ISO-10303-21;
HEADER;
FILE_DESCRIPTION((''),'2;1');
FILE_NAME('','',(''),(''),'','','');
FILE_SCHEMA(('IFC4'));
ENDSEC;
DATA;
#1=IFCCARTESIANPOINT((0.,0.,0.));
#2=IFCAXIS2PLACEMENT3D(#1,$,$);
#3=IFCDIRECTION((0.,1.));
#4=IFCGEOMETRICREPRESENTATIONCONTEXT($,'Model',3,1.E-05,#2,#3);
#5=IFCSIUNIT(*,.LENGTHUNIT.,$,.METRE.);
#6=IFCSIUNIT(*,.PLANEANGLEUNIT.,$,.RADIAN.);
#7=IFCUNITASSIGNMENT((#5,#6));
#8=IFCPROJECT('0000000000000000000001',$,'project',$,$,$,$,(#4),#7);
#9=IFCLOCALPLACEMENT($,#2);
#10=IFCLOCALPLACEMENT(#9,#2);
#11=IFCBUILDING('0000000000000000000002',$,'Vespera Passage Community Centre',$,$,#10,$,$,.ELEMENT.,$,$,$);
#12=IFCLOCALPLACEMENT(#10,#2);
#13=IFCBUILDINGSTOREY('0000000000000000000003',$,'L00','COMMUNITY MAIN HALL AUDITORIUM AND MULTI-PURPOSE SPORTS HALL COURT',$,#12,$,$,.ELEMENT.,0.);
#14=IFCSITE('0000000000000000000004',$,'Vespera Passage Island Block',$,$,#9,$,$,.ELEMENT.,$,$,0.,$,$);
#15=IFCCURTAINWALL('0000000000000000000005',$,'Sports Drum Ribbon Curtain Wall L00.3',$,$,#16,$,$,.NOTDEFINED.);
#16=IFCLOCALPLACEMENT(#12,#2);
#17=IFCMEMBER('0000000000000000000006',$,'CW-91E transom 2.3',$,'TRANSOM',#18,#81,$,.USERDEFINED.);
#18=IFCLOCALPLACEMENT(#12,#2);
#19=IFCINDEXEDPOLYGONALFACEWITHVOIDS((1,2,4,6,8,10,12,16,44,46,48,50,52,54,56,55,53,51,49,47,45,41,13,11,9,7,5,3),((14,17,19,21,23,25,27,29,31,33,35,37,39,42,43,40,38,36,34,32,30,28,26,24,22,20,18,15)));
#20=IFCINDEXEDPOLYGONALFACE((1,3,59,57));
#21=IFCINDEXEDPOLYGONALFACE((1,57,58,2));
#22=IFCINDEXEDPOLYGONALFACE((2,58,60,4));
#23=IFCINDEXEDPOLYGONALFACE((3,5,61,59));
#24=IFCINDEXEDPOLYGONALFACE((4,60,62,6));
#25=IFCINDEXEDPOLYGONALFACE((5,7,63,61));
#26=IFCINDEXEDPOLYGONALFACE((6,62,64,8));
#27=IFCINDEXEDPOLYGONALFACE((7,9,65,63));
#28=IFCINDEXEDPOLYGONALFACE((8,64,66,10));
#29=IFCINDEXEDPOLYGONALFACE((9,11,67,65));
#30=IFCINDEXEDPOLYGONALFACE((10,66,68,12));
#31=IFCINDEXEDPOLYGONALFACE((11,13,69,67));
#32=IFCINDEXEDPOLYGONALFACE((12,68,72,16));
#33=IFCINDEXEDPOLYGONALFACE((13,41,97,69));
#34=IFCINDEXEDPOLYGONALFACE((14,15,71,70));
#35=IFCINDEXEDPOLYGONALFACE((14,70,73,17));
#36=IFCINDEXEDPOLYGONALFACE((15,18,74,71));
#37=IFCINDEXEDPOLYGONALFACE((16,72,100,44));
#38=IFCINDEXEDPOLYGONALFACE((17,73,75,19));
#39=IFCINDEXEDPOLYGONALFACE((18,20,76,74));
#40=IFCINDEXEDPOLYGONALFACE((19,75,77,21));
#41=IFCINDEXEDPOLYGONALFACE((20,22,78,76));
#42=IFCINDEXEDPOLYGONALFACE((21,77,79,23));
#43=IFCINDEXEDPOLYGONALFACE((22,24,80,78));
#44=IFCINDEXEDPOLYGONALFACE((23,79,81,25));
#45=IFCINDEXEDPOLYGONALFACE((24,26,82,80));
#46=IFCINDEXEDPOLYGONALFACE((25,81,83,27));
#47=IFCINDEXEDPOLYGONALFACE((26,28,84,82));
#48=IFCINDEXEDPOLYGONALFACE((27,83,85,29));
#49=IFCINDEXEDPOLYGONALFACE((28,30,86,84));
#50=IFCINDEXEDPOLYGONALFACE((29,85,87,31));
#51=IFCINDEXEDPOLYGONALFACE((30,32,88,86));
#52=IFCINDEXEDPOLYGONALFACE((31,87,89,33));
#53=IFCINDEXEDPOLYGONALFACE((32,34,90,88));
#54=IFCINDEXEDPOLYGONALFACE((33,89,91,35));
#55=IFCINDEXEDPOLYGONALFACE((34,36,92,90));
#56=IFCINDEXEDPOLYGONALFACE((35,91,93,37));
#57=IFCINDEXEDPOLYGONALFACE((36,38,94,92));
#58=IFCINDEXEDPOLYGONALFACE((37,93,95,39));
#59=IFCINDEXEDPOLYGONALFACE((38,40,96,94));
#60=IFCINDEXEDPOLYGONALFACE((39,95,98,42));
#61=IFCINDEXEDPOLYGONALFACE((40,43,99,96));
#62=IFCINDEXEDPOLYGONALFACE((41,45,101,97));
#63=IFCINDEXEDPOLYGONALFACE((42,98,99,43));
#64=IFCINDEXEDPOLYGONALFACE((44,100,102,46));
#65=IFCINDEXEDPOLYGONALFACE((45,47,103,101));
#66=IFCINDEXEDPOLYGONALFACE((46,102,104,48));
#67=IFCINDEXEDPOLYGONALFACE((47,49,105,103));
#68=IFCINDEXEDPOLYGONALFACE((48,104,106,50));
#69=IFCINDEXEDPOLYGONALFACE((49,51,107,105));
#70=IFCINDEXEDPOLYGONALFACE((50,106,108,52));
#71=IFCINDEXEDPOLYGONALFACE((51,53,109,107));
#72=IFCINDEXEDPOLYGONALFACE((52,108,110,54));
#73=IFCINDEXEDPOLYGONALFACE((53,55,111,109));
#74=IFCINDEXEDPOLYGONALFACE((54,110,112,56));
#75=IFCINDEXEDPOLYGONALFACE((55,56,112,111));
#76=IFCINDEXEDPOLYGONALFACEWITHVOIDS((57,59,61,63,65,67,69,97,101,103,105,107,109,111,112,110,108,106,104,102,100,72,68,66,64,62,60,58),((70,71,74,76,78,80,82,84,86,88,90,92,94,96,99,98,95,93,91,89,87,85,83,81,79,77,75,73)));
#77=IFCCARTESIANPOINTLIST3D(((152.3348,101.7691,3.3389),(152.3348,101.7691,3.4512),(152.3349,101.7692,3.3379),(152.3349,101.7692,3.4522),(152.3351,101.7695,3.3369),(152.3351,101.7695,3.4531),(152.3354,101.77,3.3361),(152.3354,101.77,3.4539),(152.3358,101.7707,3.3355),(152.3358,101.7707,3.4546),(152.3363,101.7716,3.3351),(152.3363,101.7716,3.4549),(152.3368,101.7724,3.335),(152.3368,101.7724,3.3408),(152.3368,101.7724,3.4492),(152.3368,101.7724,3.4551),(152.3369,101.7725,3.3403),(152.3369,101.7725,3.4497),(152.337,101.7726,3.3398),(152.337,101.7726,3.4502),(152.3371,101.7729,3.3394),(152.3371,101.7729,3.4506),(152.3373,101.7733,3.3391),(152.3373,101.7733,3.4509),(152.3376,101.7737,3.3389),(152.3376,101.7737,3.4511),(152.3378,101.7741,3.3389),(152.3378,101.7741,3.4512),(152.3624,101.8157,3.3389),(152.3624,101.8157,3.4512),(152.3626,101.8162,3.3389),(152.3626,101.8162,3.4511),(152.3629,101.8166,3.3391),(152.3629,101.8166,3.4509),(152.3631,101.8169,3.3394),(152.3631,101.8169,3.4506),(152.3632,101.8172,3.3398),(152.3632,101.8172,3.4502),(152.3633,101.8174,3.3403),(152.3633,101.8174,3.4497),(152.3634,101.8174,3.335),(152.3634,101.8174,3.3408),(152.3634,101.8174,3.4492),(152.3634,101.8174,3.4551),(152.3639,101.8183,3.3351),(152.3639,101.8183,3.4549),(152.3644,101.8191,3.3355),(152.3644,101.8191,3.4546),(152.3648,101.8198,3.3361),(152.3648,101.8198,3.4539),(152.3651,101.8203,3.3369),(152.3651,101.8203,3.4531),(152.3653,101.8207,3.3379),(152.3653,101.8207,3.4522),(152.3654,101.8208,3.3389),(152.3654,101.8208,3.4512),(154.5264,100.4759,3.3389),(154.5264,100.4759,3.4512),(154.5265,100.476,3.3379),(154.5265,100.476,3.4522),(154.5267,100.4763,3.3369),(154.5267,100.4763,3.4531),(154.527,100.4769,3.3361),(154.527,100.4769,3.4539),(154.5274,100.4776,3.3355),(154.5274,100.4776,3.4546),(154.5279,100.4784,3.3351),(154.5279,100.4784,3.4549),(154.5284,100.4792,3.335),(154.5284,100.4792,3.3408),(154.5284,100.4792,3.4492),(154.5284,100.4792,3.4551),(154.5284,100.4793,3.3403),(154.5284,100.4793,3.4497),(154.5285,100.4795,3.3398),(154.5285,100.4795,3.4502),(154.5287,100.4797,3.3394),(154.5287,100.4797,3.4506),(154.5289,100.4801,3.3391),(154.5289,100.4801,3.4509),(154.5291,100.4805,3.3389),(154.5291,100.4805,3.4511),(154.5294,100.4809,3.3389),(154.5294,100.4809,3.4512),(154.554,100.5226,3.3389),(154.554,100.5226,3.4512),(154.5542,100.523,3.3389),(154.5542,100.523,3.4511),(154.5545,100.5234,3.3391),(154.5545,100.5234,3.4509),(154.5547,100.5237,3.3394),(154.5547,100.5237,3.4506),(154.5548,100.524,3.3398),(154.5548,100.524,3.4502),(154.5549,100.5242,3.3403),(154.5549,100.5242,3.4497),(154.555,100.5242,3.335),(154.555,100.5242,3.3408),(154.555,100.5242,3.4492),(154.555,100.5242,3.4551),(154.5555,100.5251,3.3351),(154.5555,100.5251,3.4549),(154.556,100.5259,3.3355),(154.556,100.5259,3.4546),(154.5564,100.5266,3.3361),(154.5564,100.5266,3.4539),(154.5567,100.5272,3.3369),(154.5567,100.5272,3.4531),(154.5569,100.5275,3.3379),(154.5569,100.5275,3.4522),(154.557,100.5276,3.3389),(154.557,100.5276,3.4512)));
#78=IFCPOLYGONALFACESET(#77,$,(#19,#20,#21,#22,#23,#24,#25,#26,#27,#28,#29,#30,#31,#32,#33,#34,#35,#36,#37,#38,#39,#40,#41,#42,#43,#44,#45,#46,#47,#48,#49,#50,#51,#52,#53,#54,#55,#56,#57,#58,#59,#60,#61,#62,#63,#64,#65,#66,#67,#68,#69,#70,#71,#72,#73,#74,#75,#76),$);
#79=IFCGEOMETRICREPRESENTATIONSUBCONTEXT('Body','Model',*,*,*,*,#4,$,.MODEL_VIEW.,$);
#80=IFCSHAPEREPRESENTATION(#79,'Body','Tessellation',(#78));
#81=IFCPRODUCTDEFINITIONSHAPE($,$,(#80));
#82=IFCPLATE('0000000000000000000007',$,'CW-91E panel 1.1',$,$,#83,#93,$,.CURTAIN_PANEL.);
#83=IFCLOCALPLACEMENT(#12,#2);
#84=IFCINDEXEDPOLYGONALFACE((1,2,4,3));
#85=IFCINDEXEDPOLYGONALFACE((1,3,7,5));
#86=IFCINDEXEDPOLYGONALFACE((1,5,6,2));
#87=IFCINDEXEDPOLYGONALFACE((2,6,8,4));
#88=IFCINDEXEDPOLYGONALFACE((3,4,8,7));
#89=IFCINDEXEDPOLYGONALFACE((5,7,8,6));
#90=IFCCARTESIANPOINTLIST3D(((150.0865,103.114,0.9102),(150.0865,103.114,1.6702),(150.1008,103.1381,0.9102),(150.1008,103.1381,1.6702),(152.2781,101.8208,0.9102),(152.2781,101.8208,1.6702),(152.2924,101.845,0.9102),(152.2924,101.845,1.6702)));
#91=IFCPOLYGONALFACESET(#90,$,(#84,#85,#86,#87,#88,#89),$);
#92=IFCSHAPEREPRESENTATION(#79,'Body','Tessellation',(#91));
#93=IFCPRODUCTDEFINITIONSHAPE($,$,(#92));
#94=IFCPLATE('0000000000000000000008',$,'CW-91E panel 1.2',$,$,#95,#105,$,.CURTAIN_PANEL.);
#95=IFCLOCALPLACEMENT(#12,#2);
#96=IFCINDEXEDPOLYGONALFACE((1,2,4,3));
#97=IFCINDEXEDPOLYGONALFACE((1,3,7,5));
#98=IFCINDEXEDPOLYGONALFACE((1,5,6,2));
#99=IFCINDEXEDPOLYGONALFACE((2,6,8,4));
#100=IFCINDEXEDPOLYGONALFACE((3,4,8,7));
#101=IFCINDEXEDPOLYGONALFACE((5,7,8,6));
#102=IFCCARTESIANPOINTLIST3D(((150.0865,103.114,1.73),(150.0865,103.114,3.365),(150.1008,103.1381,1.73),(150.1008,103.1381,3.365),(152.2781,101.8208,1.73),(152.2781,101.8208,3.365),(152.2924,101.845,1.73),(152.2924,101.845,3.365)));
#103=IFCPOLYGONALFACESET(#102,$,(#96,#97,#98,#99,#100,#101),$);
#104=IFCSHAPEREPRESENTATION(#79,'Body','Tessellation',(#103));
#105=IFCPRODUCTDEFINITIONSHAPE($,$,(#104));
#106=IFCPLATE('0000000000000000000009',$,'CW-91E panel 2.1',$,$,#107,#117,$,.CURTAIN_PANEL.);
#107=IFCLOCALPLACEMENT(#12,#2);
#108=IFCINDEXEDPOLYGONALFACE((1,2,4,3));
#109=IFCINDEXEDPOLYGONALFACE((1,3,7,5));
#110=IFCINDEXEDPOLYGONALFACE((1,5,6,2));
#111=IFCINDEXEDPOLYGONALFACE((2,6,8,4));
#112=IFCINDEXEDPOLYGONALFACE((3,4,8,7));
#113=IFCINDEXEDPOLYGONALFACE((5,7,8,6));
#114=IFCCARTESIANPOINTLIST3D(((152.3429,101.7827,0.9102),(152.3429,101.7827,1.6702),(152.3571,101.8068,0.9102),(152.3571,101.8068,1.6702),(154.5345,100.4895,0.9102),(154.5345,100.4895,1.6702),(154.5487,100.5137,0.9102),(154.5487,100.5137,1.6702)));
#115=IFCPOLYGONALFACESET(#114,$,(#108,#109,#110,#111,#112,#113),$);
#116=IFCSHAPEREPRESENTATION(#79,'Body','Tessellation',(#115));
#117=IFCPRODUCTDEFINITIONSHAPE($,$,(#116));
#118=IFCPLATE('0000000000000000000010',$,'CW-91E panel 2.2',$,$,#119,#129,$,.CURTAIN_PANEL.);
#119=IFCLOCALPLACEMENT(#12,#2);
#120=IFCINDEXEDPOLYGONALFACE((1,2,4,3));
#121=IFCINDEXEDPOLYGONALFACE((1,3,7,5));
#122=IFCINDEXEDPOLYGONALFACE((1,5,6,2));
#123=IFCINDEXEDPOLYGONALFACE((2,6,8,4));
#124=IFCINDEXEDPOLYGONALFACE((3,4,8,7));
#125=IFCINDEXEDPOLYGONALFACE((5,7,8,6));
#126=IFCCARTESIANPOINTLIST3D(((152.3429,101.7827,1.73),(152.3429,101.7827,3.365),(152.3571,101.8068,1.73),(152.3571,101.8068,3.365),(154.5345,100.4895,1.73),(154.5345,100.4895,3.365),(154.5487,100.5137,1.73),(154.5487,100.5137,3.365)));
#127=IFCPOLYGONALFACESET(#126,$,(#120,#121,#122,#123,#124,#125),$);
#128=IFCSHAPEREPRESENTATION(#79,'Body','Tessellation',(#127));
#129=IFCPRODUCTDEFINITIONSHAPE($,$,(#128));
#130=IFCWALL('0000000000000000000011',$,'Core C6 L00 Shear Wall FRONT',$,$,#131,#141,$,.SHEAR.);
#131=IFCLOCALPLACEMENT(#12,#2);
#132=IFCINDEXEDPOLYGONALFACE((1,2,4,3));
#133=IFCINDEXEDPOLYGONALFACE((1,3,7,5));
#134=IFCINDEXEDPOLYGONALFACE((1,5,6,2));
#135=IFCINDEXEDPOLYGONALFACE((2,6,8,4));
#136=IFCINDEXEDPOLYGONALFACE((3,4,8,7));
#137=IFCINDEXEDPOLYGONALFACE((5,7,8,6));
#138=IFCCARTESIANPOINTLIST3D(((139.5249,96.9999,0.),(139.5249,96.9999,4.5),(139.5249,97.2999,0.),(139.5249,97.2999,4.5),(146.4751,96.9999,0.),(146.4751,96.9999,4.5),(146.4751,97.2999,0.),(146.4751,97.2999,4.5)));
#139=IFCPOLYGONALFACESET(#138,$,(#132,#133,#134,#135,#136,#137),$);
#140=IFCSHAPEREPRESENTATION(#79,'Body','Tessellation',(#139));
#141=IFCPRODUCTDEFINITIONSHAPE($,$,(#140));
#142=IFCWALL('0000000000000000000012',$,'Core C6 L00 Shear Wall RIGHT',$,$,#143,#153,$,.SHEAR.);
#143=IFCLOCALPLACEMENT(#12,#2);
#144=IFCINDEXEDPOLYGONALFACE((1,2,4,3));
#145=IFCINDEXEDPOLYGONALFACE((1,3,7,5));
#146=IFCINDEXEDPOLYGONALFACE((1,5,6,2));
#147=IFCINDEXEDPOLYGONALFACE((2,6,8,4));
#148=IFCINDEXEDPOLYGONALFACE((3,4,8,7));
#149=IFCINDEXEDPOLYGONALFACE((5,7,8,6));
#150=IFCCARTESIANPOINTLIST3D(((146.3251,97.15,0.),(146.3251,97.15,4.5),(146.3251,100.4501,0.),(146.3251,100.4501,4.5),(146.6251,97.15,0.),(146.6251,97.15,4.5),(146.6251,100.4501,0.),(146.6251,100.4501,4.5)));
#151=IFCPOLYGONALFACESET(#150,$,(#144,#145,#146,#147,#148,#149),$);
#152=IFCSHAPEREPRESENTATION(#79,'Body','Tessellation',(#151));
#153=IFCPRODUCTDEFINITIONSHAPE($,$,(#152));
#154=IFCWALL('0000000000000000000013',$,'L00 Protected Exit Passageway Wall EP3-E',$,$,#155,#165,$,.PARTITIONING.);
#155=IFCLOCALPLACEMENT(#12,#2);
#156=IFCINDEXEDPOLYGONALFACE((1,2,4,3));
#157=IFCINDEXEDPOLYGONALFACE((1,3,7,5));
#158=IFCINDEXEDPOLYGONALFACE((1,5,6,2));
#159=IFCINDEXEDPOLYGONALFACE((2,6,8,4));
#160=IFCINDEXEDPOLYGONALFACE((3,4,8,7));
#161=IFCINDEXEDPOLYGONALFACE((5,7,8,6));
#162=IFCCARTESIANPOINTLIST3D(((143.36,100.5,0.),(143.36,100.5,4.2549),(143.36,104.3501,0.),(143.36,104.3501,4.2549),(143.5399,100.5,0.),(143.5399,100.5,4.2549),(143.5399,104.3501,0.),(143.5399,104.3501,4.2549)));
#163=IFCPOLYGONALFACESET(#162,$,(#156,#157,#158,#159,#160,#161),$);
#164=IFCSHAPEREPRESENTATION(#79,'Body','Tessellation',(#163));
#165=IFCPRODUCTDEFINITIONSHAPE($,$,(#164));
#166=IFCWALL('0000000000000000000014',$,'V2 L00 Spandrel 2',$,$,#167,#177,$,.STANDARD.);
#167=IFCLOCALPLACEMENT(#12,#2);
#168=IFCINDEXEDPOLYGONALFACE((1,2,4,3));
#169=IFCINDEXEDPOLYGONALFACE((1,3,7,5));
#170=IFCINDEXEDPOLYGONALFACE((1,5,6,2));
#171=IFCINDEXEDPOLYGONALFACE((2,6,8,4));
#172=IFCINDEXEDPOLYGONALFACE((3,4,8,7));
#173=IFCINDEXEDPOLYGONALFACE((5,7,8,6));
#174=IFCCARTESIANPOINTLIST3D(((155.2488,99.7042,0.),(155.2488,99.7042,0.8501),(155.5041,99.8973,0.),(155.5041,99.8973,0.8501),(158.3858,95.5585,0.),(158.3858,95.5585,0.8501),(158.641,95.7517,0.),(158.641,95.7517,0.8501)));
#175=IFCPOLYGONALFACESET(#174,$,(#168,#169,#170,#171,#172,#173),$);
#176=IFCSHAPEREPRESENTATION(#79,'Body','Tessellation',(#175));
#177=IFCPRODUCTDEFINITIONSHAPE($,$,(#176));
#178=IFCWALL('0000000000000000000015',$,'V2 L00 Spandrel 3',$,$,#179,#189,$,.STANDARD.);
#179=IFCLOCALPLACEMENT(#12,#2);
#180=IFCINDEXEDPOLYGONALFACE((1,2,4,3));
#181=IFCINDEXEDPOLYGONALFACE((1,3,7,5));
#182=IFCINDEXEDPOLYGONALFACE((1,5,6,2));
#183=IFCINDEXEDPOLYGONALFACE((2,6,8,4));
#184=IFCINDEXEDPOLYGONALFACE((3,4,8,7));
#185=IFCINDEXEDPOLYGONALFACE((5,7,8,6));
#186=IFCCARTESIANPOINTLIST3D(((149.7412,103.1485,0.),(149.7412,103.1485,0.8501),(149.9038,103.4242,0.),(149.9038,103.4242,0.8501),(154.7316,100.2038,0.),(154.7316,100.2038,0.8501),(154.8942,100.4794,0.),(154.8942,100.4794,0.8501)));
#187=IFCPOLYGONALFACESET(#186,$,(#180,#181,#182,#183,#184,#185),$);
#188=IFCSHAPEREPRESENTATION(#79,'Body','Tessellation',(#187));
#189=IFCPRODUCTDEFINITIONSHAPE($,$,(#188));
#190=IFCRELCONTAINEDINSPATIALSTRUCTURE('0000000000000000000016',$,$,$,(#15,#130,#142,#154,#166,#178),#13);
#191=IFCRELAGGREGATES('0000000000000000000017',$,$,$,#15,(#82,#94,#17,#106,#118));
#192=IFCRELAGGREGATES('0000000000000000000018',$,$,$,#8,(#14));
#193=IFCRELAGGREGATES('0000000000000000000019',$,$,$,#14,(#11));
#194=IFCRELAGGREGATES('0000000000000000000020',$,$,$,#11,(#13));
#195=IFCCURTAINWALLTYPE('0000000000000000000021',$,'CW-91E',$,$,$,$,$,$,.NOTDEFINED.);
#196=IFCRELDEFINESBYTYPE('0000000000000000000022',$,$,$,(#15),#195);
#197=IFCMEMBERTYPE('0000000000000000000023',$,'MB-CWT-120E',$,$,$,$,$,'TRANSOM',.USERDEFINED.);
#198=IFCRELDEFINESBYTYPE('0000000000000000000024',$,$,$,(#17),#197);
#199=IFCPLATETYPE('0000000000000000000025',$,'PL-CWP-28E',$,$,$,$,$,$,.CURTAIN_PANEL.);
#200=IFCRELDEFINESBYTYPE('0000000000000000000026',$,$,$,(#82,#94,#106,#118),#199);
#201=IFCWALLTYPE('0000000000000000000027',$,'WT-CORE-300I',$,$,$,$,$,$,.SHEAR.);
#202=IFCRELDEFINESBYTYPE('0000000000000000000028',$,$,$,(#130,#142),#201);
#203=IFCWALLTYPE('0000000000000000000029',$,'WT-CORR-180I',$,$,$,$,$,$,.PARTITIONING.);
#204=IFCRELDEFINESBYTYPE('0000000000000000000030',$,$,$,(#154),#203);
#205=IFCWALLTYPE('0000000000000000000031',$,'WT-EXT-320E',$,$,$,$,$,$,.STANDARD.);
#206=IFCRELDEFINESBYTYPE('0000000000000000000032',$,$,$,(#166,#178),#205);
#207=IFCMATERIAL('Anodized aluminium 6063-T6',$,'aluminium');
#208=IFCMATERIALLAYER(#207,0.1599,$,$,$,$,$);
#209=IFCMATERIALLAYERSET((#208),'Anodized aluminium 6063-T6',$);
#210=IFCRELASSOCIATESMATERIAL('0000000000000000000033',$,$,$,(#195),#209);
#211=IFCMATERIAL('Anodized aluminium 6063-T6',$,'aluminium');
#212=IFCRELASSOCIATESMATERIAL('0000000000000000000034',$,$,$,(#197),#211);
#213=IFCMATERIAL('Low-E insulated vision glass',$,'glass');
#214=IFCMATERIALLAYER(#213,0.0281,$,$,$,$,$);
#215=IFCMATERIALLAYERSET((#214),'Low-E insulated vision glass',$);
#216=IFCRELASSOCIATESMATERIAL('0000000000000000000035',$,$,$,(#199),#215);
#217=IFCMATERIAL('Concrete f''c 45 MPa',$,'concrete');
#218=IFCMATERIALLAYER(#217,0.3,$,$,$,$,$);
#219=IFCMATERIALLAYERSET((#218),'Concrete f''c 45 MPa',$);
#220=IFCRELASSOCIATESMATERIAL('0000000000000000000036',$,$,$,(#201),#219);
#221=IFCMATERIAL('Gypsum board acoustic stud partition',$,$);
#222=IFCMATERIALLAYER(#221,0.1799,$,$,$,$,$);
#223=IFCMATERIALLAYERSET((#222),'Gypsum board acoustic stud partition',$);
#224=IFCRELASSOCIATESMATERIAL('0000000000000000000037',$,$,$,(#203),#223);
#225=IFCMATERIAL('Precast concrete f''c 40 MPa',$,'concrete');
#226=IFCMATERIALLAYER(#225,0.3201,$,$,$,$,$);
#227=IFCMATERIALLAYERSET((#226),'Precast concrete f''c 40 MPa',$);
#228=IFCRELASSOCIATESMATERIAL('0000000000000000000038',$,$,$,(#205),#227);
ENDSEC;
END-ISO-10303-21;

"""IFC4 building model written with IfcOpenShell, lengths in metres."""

from ifc_helpers import new_model, si_unit, direction, frame, frame_2d, origin, origin_2d, place, context, subcontext, project, spatial, rectangle, hollow_rectangle, extrude, material, layer, layer_set, material_profile, profile_set, type_object, element, aggregate, save


model = new_model("IFC4")

# Units and contexts
model_context = context("Model", 3, precision=1e-05, world=origin(), true_north=direction((0.0, 1.0)))
body_context = subcontext(model_context, "Body", "Model", "MODEL_VIEW")
ifc_project = project(units=[si_unit("LENGTHUNIT", "METRE"), si_unit("PLANEANGLEUNIT", "RADIAN")], contexts=[model_context])

# Site, building, storey
site_placement = place(None, origin())
site = spatial("IfcSite", under=ifc_project, at=site_placement, Name="Vespera Passage Island Block", CompositionType="ELEMENT", RefElevation=0.0)
building_placement = place(site_placement, origin())
building = spatial("IfcBuilding", under=site, at=building_placement, Name="Vespera Passage Community Centre", CompositionType="ELEMENT")
storey_placement = place(building_placement, origin())
storey = spatial("IfcBuildingStorey", under=building, at=storey_placement, Name="L00", Description="COMMUNITY MAIN HALL AUDITORIUM AND MULTI-PURPOSE SPORTS HALL COURT", CompositionType="ELEMENT", Elevation=0.0)

# Curtain wall, member, plates
ifc_material_1 = material(Name="Anodized aluminium 6063-T6", Category="aluminium")
ifc_layer_1 = layer(ifc_material_1, 0.1599)
ifc_layer_set_1 = layer_set([ifc_layer_1], Name="Anodized aluminium 6063-T6")
curtain_wall_type = type_object("IfcCurtainWallType", Name="CW-91E", PredefinedType="NOTDEFINED", material=ifc_layer_set_1)
curtain_wall_placement = place(storey_placement, origin())
curtain_wall = element("IfcCurtainWall", 1, at=curtain_wall_placement, inside=storey, type_object=curtain_wall_type, Name="Sports Drum Ribbon Curtain Wall L00.3", PredefinedType="NOTDEFINED")
ifc_material_2 = material(Name="Anodized aluminium 6063-T6", Category="aluminium")
ifc_material_profile_1 = material_profile(ifc_material_2, hollow_rectangle(XDim=0.0601, YDim=0.1201, WallThickness=0.0039, InnerFilletRadius=0.002, OuterFilletRadius=0.0039, at=origin_2d()), Name="ALU120X60X4")
ifc_profile_set_1 = profile_set([ifc_material_profile_1], Name="Anodized aluminium 6063-T6")
member_type_1 = type_object("IfcMemberType", Name="MB-CWT-120E", ElementType="TRANSOM", PredefinedType="USERDEFINED", material=ifc_profile_set_1)
member_1_placement = place(storey_placement, frame((152.3501, 101.7949, 3.395), z_axis=(0.861245, -0.508189, 0.0), x_axis=(0.508189, 0.861245, 0.0)))
member_1 = element("IfcMember", 2, at=member_1_placement, type_object=member_type_1, Name="CW-91E transom 2.3", ObjectType="TRANSOM", PredefinedType="USERDEFINED", context=body_context, shape_type="SweptSolid", body=[
    extrude(hollow_rectangle(XDim=0.0601, YDim=0.1201, WallThickness=0.0039, InnerFilletRadius=0.002, OuterFilletRadius=0.0039, at=origin_2d()), origin(), (0.0, 0.0, 1.0), 2.5447),
])
ifc_material_3 = material(Name="Low-E insulated vision glass", Category="glass")
ifc_layer_2 = layer(ifc_material_3, 0.0281)
ifc_layer_set_2 = layer_set([ifc_layer_2], Name="Low-E insulated vision glass")
plate_type = type_object("IfcPlateType", Name="PL-CWP-28E", PredefinedType="CURTAIN_PANEL", material=ifc_layer_set_2)
plate_1_placement = place(storey_placement, frame((151.1895, 102.4795, 0.9102), z_axis=(0.0, 0.0, 1.0), x_axis=(0.861257, -0.50817, 0.0)))
plate_1 = element("IfcPlate", 3, at=plate_1_placement, type_object=plate_type, Name="CW-91E panel 1.1", PredefinedType="CURTAIN_PANEL", context=body_context, shape_type="SweptSolid", body=[
    extrude(rectangle(XDim=2.5447, YDim=0.0281, at=origin_2d()), origin(), (0.0, 0.0, 1.0), 0.76),
])
plate_2_placement = place(storey_placement, frame((151.1895, 102.4795, 1.73), z_axis=(0.0, 0.0, 1.0), x_axis=(0.861257, -0.50817, 0.0)))
plate_2 = element("IfcPlate", 4, at=plate_2_placement, type_object=plate_type, Name="CW-91E panel 1.2", PredefinedType="CURTAIN_PANEL", context=body_context, shape_type="SweptSolid", body=[
    extrude(rectangle(XDim=2.5447, YDim=0.0281, at=origin_2d()), origin(), (0.0, 0.0, 1.0), 1.635),
])
plate_3_placement = place(storey_placement, frame((153.4458, 101.1482, 0.9102), z_axis=(0.0, 0.0, 1.0), x_axis=(0.861257, -0.50817, 0.0)))
plate_3 = element("IfcPlate", 5, at=plate_3_placement, type_object=plate_type, Name="CW-91E panel 2.1", PredefinedType="CURTAIN_PANEL", context=body_context, shape_type="SweptSolid", body=[
    extrude(rectangle(XDim=2.5447, YDim=0.0281, at=origin_2d()), origin(), (0.0, 0.0, 1.0), 0.76),
])
plate_4_placement = place(storey_placement, frame((153.4458, 101.1482, 1.73), z_axis=(0.0, 0.0, 1.0), x_axis=(0.861257, -0.50817, 0.0)))
plate_4 = element("IfcPlate", 6, at=plate_4_placement, type_object=plate_type, Name="CW-91E panel 2.2", PredefinedType="CURTAIN_PANEL", context=body_context, shape_type="SweptSolid", body=[
    extrude(rectangle(XDim=2.5447, YDim=0.0281, at=origin_2d()), origin(), (0.0, 0.0, 1.0), 1.635),
])
aggregate(curtain_wall, [plate_1, plate_2, member_1, plate_3, plate_4])

# Walls
ifc_material_4 = material(Name="Concrete f'c 45 MPa", Category="concrete")
ifc_layer_3 = layer(ifc_material_4, 0.3)
ifc_layer_set_3 = layer_set([ifc_layer_3], Name="Concrete f'c 45 MPa")
wall_type_1 = type_object("IfcWallType", Name="WT-CORE-300I", PredefinedType="SHEAR", material=ifc_layer_set_3)
wall_1_placement = place(storey_placement, frame((146.4751, 97.1499, 0.0), z_axis=(0.0, 0.0, 1.0), x_axis=(-1.0, 0.0, 0.0)))
element("IfcWall", 7, at=wall_1_placement, inside=storey, type_object=wall_type_1, Name="Core C6 L00 Shear Wall FRONT", PredefinedType="SHEAR", context=body_context, shape_type="SweptSolid", body=[
    extrude(rectangle(XDim=6.9502, YDim=0.3, at=frame_2d((3.4751, 0.0))), origin(), (0.0, 0.0, 1.0), 4.5),
])
wall_2_placement = place(storey_placement, frame((146.4751, 100.45, 0.0), z_axis=(0.0, 0.0, 1.0), x_axis=(0.0, -1.0, 0.0)))
element("IfcWall", 8, at=wall_2_placement, inside=storey, type_object=wall_type_1, Name="Core C6 L00 Shear Wall RIGHT", PredefinedType="SHEAR", context=body_context, shape_type="SweptSolid", body=[
    extrude(rectangle(XDim=3.3, YDim=0.3, at=frame_2d((1.6499, 0.0))), origin(), (0.0, 0.0, 1.0), 4.5),
])
ifc_material_5 = material(Name="Gypsum board acoustic stud partition")
ifc_layer_4 = layer(ifc_material_5, 0.1799)
ifc_layer_set_4 = layer_set([ifc_layer_4], Name="Gypsum board acoustic stud partition")
wall_type_2 = type_object("IfcWallType", Name="WT-CORR-180I", PredefinedType="PARTITIONING", material=ifc_layer_set_4)
wall_3_placement = place(storey_placement, frame((143.45, 100.5, 0.0), z_axis=(0.0, 0.0, 1.0), x_axis=(0.0, 1.0, 0.0)))
element("IfcWall", 9, at=wall_3_placement, inside=storey, type_object=wall_type_2, Name="L00 Protected Exit Passageway Wall EP3-E", PredefinedType="PARTITIONING", context=body_context, shape_type="SweptSolid", body=[
    extrude(rectangle(XDim=3.8501, YDim=0.1799, at=frame_2d((1.925, 0.0))), origin(), (0.0, 0.0, 1.0), 4.2549),
])
ifc_material_6 = material(Name="Precast concrete f'c 40 MPa", Category="concrete")
ifc_layer_5 = layer(ifc_material_6, 0.3201)
ifc_layer_set_5 = layer_set([ifc_layer_5], Name="Precast concrete f'c 40 MPa")
wall_type_3 = type_object("IfcWallType", Name="WT-EXT-320E", PredefinedType="STANDARD", material=ifc_layer_set_5)
wall_4_placement = place(storey_placement, frame((155.3765, 99.8008, 0.0), z_axis=(0.0, 0.0, 1.0), x_axis=(0.603398, -0.79744, 0.0)))
element("IfcWall", 10, at=wall_4_placement, inside=storey, type_object=wall_type_3, Name="V2 L00 Spandrel 2", PredefinedType="STANDARD", context=body_context, shape_type="SweptSolid", body=[
    extrude(rectangle(XDim=5.1987, YDim=0.3201, at=frame_2d((2.5994, 0.0))), origin(), (0.0, 0.0, 1.0), 0.8501),
])
wall_5_placement = place(storey_placement, frame((149.8225, 103.2864, 0.0), z_axis=(0.0, 0.0, 1.0), x_axis=(0.861236, -0.508205, 0.0)))
element("IfcWall", 11, at=wall_5_placement, inside=storey, type_object=wall_type_3, Name="V2 L00 Spandrel 3", PredefinedType="STANDARD", context=body_context, shape_type="SweptSolid", body=[
    extrude(rectangle(XDim=5.7944, YDim=0.3201, at=frame_2d((2.8972, 0.0))), origin(), (0.0, 0.0, 1.0), 0.8501),
])

save(model, "model.ifc")
